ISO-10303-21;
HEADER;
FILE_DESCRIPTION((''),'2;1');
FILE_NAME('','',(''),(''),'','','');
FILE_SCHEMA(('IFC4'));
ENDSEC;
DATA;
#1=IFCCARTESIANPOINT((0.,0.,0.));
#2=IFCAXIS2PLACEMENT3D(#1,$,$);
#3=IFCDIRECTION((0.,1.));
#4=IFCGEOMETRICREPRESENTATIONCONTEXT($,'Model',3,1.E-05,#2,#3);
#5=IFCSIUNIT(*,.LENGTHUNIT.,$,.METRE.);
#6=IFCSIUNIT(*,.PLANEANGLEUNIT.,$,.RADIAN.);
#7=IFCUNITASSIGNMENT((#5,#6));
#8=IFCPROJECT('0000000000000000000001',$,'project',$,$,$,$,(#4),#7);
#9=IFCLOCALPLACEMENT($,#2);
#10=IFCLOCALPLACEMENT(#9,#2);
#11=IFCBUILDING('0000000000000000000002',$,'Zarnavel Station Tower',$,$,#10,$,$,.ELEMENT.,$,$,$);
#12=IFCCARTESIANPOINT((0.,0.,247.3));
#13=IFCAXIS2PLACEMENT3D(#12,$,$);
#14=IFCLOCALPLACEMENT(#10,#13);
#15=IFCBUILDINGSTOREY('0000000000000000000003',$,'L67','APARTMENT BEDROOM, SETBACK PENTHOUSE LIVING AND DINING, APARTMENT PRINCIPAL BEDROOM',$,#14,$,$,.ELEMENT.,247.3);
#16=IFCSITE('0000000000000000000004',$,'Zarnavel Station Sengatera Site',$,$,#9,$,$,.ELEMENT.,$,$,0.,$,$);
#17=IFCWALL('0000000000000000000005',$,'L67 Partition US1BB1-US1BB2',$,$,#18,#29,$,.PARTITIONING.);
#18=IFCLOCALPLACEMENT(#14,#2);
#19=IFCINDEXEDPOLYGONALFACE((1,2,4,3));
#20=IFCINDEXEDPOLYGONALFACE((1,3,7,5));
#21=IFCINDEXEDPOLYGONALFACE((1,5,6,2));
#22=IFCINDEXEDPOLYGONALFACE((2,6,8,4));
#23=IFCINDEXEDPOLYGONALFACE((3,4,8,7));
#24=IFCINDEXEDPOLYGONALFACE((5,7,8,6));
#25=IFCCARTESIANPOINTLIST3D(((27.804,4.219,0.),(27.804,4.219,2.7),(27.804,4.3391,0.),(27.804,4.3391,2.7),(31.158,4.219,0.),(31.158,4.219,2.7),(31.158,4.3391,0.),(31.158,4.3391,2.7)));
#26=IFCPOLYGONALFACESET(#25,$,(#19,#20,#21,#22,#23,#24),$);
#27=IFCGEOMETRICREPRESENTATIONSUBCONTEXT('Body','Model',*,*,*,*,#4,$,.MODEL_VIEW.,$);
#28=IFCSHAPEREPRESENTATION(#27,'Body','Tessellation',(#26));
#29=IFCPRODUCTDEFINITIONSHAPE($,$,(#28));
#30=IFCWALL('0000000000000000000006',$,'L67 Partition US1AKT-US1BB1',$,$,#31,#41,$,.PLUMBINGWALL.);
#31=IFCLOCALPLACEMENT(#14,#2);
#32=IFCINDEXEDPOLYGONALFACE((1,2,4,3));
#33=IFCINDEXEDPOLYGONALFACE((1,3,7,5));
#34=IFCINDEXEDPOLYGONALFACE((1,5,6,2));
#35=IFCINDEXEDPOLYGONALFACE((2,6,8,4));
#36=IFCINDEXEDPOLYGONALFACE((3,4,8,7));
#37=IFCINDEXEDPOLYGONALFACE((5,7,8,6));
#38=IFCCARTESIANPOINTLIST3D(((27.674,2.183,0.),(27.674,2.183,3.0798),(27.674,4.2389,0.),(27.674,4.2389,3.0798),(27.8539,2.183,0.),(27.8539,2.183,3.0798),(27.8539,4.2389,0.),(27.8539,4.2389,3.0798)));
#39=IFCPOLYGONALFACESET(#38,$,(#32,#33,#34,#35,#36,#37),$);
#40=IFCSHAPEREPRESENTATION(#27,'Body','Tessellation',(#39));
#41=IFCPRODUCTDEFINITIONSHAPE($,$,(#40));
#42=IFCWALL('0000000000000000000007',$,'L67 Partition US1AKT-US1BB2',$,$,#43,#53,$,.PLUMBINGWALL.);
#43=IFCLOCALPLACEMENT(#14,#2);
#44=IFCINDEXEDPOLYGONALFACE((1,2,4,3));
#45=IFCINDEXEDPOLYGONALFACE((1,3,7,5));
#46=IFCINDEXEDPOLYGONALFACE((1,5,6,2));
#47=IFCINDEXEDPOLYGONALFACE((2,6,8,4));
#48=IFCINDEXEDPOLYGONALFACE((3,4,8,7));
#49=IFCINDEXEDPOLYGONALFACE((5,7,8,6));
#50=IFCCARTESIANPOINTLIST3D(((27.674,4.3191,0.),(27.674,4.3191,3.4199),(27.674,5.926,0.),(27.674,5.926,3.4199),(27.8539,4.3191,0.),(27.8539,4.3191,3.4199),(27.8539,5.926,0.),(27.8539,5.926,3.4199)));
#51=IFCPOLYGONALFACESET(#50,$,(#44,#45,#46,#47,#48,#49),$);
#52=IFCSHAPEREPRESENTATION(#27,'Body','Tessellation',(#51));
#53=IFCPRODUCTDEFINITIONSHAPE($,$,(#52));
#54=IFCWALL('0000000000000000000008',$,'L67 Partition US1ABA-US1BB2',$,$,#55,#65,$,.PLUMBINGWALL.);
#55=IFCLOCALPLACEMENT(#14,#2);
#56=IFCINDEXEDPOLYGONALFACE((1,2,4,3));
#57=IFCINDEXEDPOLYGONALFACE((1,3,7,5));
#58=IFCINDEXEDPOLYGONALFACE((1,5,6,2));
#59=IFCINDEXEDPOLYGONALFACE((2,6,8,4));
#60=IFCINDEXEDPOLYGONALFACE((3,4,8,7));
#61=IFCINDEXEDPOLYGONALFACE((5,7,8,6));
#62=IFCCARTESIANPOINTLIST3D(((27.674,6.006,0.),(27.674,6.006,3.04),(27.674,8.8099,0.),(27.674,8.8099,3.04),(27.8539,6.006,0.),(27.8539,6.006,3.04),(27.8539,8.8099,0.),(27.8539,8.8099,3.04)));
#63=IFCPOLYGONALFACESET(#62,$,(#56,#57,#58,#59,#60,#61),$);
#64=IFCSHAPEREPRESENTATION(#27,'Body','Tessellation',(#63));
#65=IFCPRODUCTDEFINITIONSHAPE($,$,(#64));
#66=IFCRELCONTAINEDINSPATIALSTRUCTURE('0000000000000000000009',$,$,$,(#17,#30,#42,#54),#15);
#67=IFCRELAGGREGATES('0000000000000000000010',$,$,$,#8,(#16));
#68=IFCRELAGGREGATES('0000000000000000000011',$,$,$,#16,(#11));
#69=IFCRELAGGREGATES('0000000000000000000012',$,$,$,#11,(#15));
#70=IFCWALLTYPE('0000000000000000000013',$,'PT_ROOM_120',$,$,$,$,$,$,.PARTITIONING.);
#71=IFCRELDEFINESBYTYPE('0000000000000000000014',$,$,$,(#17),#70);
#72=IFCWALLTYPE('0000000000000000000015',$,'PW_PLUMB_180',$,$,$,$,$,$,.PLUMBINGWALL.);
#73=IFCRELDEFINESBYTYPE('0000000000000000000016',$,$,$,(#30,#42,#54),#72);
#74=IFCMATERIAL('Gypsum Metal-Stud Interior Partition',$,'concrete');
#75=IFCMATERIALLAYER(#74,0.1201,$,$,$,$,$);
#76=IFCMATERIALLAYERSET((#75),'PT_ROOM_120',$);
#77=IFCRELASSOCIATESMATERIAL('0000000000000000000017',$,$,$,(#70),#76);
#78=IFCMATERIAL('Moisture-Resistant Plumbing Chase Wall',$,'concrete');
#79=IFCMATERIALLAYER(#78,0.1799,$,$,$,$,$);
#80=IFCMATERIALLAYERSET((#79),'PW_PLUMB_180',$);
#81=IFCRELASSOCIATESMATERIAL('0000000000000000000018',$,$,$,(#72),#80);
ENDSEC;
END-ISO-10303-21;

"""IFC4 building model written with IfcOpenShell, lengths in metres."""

from ifc_helpers import new_model, si_unit, direction, frame, frame_2d, origin, place, context, subcontext, project, spatial, rectangle, extrude, material, layer, layer_set, type_object, element, save


model = new_model("IFC4")

# Units and contexts
model_context = context("Model", 3, precision=1e-05, world=origin(), true_north=direction((0.0, 1.0)))
body_context = subcontext(model_context, "Body", "Model", "MODEL_VIEW")
ifc_project = project(units=[si_unit("LENGTHUNIT", "METRE"), si_unit("PLANEANGLEUNIT", "RADIAN")], contexts=[model_context])

# Site, building, storey
site_placement = place(None, origin())
site = spatial("IfcSite", under=ifc_project, at=site_placement, Name="Zarnavel Station Sengatera Site", CompositionType="ELEMENT", RefElevation=0.0)
building_placement = place(site_placement, origin())
building = spatial("IfcBuilding", under=site, at=building_placement, Name="Zarnavel Station Tower", CompositionType="ELEMENT")
storey_placement = place(building_placement, frame((0.0, 0.0, 247.3)))
storey = spatial("IfcBuildingStorey", under=building, at=storey_placement, Name="L67", Description="APARTMENT BEDROOM, SETBACK PENTHOUSE LIVING AND DINING, APARTMENT PRINCIPAL BEDROOM", CompositionType="ELEMENT", Elevation=247.3)

# Shared definitions
ifc_material_1 = material(Name="Gypsum Metal-Stud Interior Partition", Category="concrete")
ifc_layer_1 = layer(ifc_material_1, 0.1201)
ifc_layer_set_1 = layer_set([ifc_layer_1], Name="PT_ROOM_120")
wall_type_1 = type_object("IfcWallType", Name="PT_ROOM_120", PredefinedType="PARTITIONING", material=ifc_layer_set_1)

# Walls
wall_1_placement = place(storey_placement, frame((27.804, 4.2791, 0.0), z_axis=(0.0, 0.0, 1.0), x_axis=(1.0, 0.0, 0.0)))
element("IfcWall", 1, at=wall_1_placement, inside=storey, type_object=wall_type_1, Name="L67 Partition US1BB1-US1BB2", PredefinedType="PARTITIONING", context=body_context, shape_type="SweptSolid", body=[
    extrude(rectangle(XDim=3.354, YDim=0.1201, at=frame_2d((1.677, 0.0))), origin(), (0.0, 0.0, 1.0), 2.7),
])
ifc_material_2 = material(Name="Moisture-Resistant Plumbing Chase Wall", Category="concrete")
ifc_layer_2 = layer(ifc_material_2, 0.1799)
ifc_layer_set_2 = layer_set([ifc_layer_2], Name="PW_PLUMB_180")
wall_type_2 = type_object("IfcWallType", Name="PW_PLUMB_180", PredefinedType="PLUMBINGWALL", material=ifc_layer_set_2)
wall_2_placement = place(storey_placement, frame((27.7639, 2.1831, 0.0), z_axis=(0.0, 0.0, 1.0), x_axis=(0.0, 1.0, 0.0)))
element("IfcWall", 2, at=wall_2_placement, inside=storey, type_object=wall_type_2, Name="L67 Partition US1AKT-US1BB1", PredefinedType="PLUMBINGWALL", context=body_context, shape_type="SweptSolid", body=[
    extrude(rectangle(XDim=2.0559, YDim=0.1799, at=frame_2d((1.0278, 0.0))), origin(), (0.0, 0.0, 1.0), 3.0798),
])
wall_3_placement = place(storey_placement, frame((27.7639, 4.3191, 0.0), z_axis=(0.0, 0.0, 1.0), x_axis=(0.0, 1.0, 0.0)))
element("IfcWall", 3, at=wall_3_placement, inside=storey, type_object=wall_type_2, Name="L67 Partition US1AKT-US1BB2", PredefinedType="PLUMBINGWALL", context=body_context, shape_type="SweptSolid", body=[
    extrude(rectangle(XDim=1.6069, YDim=0.1799, at=frame_2d((0.8035, 0.0))), origin(), (0.0, 0.0, 1.0), 3.4199),
])
wall_4_placement = place(storey_placement, frame((27.7639, 6.0061, 0.0), z_axis=(0.0, 0.0, 1.0), x_axis=(0.0, 1.0, 0.0)))
element("IfcWall", 4, at=wall_4_placement, inside=storey, type_object=wall_type_2, Name="L67 Partition US1ABA-US1BB2", PredefinedType="PLUMBINGWALL", context=body_context, shape_type="SweptSolid", body=[
    extrude(rectangle(XDim=2.804, YDim=0.1799, at=frame_2d((1.4019, 0.0))), origin(), (0.0, 0.0, 1.0), 3.04),
])

save(model, "model.ifc")
